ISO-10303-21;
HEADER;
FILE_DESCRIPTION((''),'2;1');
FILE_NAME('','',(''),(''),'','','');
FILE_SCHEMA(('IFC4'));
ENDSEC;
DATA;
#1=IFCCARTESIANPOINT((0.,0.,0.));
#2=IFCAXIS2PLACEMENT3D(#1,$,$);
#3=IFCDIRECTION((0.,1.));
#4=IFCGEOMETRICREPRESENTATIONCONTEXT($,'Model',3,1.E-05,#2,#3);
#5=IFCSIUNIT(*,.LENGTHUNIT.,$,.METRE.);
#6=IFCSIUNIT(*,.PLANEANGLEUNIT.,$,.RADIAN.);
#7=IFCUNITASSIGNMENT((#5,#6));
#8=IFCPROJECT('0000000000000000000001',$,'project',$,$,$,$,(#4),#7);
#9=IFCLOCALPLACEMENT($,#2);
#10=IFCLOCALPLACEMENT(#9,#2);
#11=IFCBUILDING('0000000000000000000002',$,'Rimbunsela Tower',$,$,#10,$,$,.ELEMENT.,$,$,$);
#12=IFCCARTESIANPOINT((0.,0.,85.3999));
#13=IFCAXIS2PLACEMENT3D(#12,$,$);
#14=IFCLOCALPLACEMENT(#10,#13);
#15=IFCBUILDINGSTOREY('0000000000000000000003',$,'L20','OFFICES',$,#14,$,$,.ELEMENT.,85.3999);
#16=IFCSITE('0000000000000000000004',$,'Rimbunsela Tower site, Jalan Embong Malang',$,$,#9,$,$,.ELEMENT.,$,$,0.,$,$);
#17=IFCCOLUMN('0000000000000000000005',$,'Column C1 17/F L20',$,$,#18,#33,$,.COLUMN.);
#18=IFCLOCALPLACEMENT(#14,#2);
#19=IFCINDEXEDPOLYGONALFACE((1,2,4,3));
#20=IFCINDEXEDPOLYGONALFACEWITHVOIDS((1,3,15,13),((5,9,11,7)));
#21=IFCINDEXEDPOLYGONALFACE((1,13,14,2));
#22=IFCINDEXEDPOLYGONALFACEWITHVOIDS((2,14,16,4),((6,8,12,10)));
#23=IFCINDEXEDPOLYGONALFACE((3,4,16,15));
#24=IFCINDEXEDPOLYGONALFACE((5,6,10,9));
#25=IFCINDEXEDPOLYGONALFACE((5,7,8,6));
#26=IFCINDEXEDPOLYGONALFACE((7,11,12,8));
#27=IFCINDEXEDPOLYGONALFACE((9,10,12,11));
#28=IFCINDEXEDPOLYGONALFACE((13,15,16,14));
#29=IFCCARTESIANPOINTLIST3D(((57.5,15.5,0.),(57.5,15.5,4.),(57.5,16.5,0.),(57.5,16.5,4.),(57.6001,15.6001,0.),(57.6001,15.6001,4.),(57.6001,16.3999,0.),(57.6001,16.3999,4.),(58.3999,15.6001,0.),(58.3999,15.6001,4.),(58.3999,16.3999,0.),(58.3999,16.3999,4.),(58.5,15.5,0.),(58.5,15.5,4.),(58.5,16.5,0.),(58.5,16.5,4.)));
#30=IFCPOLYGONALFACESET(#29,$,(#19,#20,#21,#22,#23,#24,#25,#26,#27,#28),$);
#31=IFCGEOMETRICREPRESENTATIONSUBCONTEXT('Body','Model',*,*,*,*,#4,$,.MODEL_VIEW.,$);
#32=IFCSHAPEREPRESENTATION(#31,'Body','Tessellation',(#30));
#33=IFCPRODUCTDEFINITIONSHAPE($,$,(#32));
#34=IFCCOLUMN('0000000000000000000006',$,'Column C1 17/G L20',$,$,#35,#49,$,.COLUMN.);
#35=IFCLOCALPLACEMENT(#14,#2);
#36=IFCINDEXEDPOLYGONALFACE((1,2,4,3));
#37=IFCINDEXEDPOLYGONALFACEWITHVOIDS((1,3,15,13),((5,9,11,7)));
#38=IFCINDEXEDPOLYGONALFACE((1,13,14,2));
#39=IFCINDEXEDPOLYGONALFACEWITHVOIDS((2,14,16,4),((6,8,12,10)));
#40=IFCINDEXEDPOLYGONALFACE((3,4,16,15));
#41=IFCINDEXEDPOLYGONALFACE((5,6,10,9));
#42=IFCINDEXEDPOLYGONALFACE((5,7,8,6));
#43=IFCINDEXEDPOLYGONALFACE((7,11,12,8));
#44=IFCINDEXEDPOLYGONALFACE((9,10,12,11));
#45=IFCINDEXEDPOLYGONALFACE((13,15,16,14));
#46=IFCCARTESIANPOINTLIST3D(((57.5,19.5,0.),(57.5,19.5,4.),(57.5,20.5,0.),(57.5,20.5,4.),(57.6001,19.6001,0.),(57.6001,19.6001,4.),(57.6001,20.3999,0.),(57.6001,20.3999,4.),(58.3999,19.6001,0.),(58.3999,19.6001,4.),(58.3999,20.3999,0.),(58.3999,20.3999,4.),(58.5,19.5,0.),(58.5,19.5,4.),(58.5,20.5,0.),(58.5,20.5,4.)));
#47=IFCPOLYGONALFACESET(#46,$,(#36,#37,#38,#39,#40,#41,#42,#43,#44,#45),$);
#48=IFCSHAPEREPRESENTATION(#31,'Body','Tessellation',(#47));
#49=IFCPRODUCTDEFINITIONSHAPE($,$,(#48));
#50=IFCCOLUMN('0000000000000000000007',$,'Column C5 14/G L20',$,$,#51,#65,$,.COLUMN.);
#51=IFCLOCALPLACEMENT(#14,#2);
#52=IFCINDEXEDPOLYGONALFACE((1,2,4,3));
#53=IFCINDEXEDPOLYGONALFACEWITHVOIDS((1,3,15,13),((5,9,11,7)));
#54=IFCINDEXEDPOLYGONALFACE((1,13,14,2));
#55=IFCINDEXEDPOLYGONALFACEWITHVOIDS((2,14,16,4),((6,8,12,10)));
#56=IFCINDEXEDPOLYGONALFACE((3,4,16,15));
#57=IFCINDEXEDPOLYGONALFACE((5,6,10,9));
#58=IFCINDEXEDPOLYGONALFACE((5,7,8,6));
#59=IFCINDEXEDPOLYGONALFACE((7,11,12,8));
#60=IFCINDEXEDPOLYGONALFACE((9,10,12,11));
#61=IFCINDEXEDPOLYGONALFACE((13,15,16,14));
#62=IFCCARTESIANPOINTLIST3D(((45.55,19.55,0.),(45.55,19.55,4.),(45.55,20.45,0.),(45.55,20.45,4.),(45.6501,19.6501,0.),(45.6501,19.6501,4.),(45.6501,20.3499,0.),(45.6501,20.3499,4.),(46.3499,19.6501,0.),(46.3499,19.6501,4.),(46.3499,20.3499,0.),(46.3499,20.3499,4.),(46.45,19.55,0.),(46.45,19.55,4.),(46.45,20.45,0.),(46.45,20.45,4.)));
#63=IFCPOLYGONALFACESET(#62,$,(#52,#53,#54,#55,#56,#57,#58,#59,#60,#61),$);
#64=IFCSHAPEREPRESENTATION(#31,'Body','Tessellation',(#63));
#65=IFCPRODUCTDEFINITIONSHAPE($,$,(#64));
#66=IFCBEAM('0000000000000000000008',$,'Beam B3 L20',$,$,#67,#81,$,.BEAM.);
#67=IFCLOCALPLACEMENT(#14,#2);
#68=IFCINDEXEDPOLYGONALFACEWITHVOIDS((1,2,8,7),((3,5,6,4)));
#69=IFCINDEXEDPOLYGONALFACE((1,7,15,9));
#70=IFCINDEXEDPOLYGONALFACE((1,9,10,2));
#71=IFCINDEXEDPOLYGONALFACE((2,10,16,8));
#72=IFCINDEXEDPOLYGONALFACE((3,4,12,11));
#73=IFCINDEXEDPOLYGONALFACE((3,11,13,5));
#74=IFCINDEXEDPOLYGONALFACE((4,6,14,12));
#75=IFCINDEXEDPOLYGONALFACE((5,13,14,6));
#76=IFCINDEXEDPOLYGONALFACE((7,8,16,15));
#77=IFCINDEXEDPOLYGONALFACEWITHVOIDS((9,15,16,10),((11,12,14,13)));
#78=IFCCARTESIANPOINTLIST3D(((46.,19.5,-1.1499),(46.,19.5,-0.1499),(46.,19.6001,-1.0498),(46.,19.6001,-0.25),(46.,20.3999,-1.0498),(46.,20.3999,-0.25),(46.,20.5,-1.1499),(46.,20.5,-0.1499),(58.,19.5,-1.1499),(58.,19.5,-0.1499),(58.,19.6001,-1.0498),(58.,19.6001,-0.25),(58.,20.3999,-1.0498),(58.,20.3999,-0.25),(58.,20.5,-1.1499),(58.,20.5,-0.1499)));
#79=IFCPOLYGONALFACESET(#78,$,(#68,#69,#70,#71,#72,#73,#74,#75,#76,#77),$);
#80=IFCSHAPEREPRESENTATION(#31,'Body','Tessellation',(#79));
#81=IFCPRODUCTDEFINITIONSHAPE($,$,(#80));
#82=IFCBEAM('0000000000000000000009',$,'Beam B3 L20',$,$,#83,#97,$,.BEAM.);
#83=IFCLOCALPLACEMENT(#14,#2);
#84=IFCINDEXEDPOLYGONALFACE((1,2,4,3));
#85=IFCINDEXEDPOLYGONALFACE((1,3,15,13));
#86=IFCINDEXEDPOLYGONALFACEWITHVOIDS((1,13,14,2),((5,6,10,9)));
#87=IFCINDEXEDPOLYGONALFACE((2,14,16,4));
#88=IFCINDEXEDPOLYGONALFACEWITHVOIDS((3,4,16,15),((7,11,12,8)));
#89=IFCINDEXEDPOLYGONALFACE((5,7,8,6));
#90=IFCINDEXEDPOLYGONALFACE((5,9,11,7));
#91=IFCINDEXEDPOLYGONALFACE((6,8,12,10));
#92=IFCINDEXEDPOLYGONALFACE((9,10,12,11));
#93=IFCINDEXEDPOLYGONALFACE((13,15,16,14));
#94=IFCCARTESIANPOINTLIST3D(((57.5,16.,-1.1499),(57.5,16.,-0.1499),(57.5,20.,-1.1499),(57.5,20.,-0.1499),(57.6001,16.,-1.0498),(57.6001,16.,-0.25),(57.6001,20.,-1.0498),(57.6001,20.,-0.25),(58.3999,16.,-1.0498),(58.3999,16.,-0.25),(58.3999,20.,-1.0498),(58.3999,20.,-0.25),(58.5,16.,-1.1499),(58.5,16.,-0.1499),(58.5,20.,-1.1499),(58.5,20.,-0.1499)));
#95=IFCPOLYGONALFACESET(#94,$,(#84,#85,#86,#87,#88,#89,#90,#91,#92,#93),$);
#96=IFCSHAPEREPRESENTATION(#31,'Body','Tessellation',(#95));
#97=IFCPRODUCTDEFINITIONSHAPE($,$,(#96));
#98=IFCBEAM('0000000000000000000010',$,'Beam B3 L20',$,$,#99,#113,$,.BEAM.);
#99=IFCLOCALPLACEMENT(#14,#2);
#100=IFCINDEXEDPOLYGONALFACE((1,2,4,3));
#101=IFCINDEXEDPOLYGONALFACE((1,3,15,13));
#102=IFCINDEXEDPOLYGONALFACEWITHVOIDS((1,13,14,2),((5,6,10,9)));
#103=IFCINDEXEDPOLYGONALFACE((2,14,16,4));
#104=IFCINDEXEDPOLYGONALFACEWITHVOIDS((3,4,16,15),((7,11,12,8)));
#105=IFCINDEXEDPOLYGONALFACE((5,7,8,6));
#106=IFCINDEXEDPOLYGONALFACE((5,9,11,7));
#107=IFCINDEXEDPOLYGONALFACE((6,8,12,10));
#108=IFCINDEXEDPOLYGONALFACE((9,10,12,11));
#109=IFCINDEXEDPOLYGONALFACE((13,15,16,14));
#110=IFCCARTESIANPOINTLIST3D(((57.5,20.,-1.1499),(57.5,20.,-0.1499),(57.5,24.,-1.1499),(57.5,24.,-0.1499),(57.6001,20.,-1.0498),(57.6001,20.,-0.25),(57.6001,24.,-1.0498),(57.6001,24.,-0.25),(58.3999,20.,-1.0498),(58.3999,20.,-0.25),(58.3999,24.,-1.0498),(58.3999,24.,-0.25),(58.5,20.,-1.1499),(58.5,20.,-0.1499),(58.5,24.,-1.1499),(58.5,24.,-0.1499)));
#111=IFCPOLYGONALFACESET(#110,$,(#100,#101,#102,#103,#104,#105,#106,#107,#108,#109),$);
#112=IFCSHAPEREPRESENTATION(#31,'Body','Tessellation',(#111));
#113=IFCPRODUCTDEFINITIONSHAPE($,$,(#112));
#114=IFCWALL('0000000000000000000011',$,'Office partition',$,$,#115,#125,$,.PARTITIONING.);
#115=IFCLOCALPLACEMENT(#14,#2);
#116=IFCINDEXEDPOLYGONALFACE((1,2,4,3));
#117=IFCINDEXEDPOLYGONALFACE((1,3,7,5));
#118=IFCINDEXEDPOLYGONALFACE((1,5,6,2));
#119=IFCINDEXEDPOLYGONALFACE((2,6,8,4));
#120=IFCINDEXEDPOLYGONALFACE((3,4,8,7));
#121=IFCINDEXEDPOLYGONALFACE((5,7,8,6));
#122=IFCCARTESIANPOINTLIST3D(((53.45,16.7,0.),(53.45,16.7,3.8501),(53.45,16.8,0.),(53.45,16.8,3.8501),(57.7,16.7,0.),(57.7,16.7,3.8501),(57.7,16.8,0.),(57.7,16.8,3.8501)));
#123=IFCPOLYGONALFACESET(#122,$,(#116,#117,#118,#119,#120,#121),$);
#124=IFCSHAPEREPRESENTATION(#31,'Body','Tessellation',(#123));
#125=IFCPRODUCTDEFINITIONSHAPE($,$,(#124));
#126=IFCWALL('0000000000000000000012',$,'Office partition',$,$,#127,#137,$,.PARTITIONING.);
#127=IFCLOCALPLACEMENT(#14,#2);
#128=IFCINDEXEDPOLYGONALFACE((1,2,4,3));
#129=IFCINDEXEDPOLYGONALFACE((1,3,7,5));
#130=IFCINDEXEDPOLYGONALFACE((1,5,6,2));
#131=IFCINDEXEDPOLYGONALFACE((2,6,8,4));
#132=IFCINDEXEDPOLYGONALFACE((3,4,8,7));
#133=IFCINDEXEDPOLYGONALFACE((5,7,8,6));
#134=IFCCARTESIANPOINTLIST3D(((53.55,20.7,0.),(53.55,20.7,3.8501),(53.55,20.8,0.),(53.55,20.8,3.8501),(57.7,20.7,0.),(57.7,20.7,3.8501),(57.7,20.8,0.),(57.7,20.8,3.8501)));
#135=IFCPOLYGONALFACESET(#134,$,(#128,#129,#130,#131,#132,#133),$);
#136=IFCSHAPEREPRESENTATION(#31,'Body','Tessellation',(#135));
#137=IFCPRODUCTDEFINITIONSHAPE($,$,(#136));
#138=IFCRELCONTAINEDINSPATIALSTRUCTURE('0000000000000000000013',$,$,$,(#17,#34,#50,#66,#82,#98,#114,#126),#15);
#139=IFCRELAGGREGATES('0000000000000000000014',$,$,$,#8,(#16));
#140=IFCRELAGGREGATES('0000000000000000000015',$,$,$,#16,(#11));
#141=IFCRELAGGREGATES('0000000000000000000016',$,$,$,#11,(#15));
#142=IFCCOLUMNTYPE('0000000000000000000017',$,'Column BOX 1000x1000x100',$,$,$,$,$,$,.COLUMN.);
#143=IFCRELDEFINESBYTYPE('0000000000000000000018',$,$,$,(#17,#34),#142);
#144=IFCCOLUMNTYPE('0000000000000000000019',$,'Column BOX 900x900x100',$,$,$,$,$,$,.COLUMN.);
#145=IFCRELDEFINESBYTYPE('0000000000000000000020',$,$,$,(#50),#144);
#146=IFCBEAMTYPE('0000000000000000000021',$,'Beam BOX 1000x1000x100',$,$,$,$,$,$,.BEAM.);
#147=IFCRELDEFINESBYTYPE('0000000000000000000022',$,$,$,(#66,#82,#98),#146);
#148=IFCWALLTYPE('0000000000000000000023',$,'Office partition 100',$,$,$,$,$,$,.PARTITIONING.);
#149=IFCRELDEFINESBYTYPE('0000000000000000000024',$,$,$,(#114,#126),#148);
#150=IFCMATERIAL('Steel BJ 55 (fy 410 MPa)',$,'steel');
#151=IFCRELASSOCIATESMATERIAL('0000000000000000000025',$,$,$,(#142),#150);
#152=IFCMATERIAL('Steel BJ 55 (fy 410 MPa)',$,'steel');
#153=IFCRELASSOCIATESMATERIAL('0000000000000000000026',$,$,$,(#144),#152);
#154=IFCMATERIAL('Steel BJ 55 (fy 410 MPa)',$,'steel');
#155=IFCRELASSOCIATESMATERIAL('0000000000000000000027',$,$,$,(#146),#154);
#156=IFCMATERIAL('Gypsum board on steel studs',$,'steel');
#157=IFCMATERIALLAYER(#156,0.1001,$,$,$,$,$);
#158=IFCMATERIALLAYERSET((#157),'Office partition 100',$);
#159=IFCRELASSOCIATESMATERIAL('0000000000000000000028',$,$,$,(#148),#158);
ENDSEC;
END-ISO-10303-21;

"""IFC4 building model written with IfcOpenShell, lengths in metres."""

from ifc_helpers import new_model, si_unit, direction, frame, frame_2d, origin, origin_2d, place, context, subcontext, project, spatial, rectangle, hollow_rectangle, extrude, material, layer, layer_set, material_profile, profile_set, type_object, element, save


model = new_model("IFC4")

# Units and contexts
model_context = context("Model", 3, precision=1e-05, world=origin(), true_north=direction((0.0, 1.0)))
body_context = subcontext(model_context, "Body", "Model", "MODEL_VIEW")
ifc_project = project(units=[si_unit("LENGTHUNIT", "METRE"), si_unit("PLANEANGLEUNIT", "RADIAN")], contexts=[model_context])

# Site, building, storey
site_placement = place(None, origin())
site = spatial("IfcSite", under=ifc_project, at=site_placement, Name="Rimbunsela Tower site, Jalan Embong Malang", CompositionType="ELEMENT", RefElevation=0.0)
building_placement = place(site_placement, origin())
building = spatial("IfcBuilding", under=site, at=building_placement, Name="Rimbunsela Tower", CompositionType="ELEMENT")
storey_placement = place(building_placement, frame((0.0, 0.0, 85.3999)))
storey = spatial("IfcBuildingStorey", under=building, at=storey_placement, Name="L20", Description="OFFICES", CompositionType="ELEMENT", Elevation=85.3999)

# Columns
ifc_material_1 = material(Name="Steel BJ 55 (fy 410 MPa)", Category="steel")
ifc_material_profile_1 = material_profile(ifc_material_1, hollow_rectangle(XDim=1.0, YDim=1.0, WallThickness=0.1001, at=origin_2d()), Name="BOX 1000x1000x100")
ifc_profile_set_1 = profile_set([ifc_material_profile_1], Name="Steel BJ 55 (fy 410 MPa)")
column_type_1 = type_object("IfcColumnType", Name="Column BOX 1000x1000x100", PredefinedType="COLUMN", material=ifc_profile_set_1)
for number, where, z_axis, x_axis, name in (
    (1, (58.0, 16.0, 0.0), (0.0, 0.0, 1.0), (1.0, 0.0, 0.0), "Column C1 17/F L20"),
    (2, (58.0, 20.0, 0.0), (0.0, 0.0, 1.0), (1.0, 0.0, 0.0), "Column C1 17/G L20"),
):
    element("IfcColumn", number, at=place(storey_placement, frame(where, z_axis=z_axis, x_axis=x_axis)), inside=storey, type_object=column_type_1, Name=name, PredefinedType="COLUMN", context=body_context, shape_type="SweptSolid", body=[
        extrude(hollow_rectangle(XDim=1.0, YDim=1.0, WallThickness=0.1001, at=origin_2d()), origin(), (0.0, 0.0, 1.0), 4.0),
    ])
ifc_material_2 = material(Name="Steel BJ 55 (fy 410 MPa)", Category="steel")
ifc_material_profile_2 = material_profile(ifc_material_2, hollow_rectangle(XDim=0.8999, YDim=0.8999, WallThickness=0.1001, at=origin_2d()), Name="BOX 900x900x100")
ifc_profile_set_2 = profile_set([ifc_material_profile_2], Name="Steel BJ 55 (fy 410 MPa)")
column_type_2 = type_object("IfcColumnType", Name="Column BOX 900x900x100", PredefinedType="COLUMN", material=ifc_profile_set_2)
column_placement = place(storey_placement, frame((46.0, 20.0, 0.0), z_axis=(0.0, 0.0, 1.0), x_axis=(1.0, 0.0, 0.0)))
element("IfcColumn", 3, at=column_placement, inside=storey, type_object=column_type_2, Name="Column C5 14/G L20", PredefinedType="COLUMN", context=body_context, shape_type="SweptSolid", body=[
    extrude(hollow_rectangle(XDim=0.8999, YDim=0.8999, WallThickness=0.1001, at=origin_2d()), origin(), (0.0, 0.0, 1.0), 4.0),
])

# Beams
ifc_material_3 = material(Name="Steel BJ 55 (fy 410 MPa)", Category="steel")
ifc_material_profile_3 = material_profile(ifc_material_3, hollow_rectangle(XDim=1.0, YDim=1.0, WallThickness=0.1001, at=origin_2d()), Name="BOX 1000x1000x100")
ifc_profile_set_3 = profile_set([ifc_material_profile_3], Name="Steel BJ 55 (fy 410 MPa)")
beam_type = type_object("IfcBeamType", Name="Beam BOX 1000x1000x100", PredefinedType="BEAM", material=ifc_profile_set_3)
beam_placement = place(storey_placement, frame((46.0, 20.0, -0.6499), z_axis=(1.0, 0.0, 0.0), x_axis=(0.0, 1.0, 0.0)))
element("IfcBeam", 4, at=beam_placement, inside=storey, type_object=beam_type, Name="Beam B3 L20", PredefinedType="BEAM", context=body_context, shape_type="SweptSolid", body=[
    extrude(hollow_rectangle(XDim=1.0, YDim=1.0, WallThickness=0.1001, at=origin_2d()), origin(), (0.0, 0.0, 1.0), 12.0),
])
for number, where, z_axis, x_axis, name in (
    (5, (58.0, 16.0, -0.6499), (0.0, 1.0, 0.0), (-1.0, 0.0, 0.0), "Beam B3 L20"),
    (6, (58.0, 20.0, -0.6499), (0.0, 1.0, 0.0), (-1.0, 0.0, 0.0), "Beam B3 L20"),
):
    element("IfcBeam", number, at=place(storey_placement, frame(where, z_axis=z_axis, x_axis=x_axis)), inside=storey, type_object=beam_type, Name=name, PredefinedType="BEAM", context=body_context, shape_type="SweptSolid", body=[
        extrude(hollow_rectangle(XDim=1.0, YDim=1.0, WallThickness=0.1001, at=origin_2d()), origin(), (0.0, 0.0, 1.0), 4.0),
    ])

# Walls
ifc_material_4 = material(Name="Gypsum board on steel studs", Category="steel")
ifc_layer_1 = layer(ifc_material_4, 0.1001)
ifc_layer_set_1 = layer_set([ifc_layer_1], Name="Office partition 100")
wall_type_1 = type_object("IfcWallType", Name="Office partition 100", PredefinedType="PARTITIONING", material=ifc_layer_set_1)
wall_1_placement = place(storey_placement, frame((53.45, 16.75, 0.0), z_axis=(0.0, 0.0, 1.0), x_axis=(1.0, 0.0, 0.0)))
element("IfcWall", 7, at=wall_1_placement, inside=storey, type_object=wall_type_1, Name="Office partition", PredefinedType="PARTITIONING", context=body_context, shape_type="SweptSolid", body=[
    extrude(rectangle(XDim=4.25, YDim=0.1001, at=frame_2d((2.125, 0.0))), origin(), (0.0, 0.0, 1.0), 3.8501),
])
wall_2_placement = place(storey_placement, frame((53.55, 20.75, 0.0), z_axis=(0.0, 0.0, 1.0), x_axis=(1.0, 0.0, 0.0)))
element("IfcWall", 8, at=wall_2_placement, inside=storey, type_object=wall_type_1, Name="Office partition", PredefinedType="PARTITIONING", context=body_context, shape_type="SweptSolid", body=[
    extrude(rectangle(XDim=4.1499, YDim=0.1001, at=frame_2d((2.075, 0.0))), origin(), (0.0, 0.0, 1.0), 3.8501),
])

save(model, "model.ifc")
